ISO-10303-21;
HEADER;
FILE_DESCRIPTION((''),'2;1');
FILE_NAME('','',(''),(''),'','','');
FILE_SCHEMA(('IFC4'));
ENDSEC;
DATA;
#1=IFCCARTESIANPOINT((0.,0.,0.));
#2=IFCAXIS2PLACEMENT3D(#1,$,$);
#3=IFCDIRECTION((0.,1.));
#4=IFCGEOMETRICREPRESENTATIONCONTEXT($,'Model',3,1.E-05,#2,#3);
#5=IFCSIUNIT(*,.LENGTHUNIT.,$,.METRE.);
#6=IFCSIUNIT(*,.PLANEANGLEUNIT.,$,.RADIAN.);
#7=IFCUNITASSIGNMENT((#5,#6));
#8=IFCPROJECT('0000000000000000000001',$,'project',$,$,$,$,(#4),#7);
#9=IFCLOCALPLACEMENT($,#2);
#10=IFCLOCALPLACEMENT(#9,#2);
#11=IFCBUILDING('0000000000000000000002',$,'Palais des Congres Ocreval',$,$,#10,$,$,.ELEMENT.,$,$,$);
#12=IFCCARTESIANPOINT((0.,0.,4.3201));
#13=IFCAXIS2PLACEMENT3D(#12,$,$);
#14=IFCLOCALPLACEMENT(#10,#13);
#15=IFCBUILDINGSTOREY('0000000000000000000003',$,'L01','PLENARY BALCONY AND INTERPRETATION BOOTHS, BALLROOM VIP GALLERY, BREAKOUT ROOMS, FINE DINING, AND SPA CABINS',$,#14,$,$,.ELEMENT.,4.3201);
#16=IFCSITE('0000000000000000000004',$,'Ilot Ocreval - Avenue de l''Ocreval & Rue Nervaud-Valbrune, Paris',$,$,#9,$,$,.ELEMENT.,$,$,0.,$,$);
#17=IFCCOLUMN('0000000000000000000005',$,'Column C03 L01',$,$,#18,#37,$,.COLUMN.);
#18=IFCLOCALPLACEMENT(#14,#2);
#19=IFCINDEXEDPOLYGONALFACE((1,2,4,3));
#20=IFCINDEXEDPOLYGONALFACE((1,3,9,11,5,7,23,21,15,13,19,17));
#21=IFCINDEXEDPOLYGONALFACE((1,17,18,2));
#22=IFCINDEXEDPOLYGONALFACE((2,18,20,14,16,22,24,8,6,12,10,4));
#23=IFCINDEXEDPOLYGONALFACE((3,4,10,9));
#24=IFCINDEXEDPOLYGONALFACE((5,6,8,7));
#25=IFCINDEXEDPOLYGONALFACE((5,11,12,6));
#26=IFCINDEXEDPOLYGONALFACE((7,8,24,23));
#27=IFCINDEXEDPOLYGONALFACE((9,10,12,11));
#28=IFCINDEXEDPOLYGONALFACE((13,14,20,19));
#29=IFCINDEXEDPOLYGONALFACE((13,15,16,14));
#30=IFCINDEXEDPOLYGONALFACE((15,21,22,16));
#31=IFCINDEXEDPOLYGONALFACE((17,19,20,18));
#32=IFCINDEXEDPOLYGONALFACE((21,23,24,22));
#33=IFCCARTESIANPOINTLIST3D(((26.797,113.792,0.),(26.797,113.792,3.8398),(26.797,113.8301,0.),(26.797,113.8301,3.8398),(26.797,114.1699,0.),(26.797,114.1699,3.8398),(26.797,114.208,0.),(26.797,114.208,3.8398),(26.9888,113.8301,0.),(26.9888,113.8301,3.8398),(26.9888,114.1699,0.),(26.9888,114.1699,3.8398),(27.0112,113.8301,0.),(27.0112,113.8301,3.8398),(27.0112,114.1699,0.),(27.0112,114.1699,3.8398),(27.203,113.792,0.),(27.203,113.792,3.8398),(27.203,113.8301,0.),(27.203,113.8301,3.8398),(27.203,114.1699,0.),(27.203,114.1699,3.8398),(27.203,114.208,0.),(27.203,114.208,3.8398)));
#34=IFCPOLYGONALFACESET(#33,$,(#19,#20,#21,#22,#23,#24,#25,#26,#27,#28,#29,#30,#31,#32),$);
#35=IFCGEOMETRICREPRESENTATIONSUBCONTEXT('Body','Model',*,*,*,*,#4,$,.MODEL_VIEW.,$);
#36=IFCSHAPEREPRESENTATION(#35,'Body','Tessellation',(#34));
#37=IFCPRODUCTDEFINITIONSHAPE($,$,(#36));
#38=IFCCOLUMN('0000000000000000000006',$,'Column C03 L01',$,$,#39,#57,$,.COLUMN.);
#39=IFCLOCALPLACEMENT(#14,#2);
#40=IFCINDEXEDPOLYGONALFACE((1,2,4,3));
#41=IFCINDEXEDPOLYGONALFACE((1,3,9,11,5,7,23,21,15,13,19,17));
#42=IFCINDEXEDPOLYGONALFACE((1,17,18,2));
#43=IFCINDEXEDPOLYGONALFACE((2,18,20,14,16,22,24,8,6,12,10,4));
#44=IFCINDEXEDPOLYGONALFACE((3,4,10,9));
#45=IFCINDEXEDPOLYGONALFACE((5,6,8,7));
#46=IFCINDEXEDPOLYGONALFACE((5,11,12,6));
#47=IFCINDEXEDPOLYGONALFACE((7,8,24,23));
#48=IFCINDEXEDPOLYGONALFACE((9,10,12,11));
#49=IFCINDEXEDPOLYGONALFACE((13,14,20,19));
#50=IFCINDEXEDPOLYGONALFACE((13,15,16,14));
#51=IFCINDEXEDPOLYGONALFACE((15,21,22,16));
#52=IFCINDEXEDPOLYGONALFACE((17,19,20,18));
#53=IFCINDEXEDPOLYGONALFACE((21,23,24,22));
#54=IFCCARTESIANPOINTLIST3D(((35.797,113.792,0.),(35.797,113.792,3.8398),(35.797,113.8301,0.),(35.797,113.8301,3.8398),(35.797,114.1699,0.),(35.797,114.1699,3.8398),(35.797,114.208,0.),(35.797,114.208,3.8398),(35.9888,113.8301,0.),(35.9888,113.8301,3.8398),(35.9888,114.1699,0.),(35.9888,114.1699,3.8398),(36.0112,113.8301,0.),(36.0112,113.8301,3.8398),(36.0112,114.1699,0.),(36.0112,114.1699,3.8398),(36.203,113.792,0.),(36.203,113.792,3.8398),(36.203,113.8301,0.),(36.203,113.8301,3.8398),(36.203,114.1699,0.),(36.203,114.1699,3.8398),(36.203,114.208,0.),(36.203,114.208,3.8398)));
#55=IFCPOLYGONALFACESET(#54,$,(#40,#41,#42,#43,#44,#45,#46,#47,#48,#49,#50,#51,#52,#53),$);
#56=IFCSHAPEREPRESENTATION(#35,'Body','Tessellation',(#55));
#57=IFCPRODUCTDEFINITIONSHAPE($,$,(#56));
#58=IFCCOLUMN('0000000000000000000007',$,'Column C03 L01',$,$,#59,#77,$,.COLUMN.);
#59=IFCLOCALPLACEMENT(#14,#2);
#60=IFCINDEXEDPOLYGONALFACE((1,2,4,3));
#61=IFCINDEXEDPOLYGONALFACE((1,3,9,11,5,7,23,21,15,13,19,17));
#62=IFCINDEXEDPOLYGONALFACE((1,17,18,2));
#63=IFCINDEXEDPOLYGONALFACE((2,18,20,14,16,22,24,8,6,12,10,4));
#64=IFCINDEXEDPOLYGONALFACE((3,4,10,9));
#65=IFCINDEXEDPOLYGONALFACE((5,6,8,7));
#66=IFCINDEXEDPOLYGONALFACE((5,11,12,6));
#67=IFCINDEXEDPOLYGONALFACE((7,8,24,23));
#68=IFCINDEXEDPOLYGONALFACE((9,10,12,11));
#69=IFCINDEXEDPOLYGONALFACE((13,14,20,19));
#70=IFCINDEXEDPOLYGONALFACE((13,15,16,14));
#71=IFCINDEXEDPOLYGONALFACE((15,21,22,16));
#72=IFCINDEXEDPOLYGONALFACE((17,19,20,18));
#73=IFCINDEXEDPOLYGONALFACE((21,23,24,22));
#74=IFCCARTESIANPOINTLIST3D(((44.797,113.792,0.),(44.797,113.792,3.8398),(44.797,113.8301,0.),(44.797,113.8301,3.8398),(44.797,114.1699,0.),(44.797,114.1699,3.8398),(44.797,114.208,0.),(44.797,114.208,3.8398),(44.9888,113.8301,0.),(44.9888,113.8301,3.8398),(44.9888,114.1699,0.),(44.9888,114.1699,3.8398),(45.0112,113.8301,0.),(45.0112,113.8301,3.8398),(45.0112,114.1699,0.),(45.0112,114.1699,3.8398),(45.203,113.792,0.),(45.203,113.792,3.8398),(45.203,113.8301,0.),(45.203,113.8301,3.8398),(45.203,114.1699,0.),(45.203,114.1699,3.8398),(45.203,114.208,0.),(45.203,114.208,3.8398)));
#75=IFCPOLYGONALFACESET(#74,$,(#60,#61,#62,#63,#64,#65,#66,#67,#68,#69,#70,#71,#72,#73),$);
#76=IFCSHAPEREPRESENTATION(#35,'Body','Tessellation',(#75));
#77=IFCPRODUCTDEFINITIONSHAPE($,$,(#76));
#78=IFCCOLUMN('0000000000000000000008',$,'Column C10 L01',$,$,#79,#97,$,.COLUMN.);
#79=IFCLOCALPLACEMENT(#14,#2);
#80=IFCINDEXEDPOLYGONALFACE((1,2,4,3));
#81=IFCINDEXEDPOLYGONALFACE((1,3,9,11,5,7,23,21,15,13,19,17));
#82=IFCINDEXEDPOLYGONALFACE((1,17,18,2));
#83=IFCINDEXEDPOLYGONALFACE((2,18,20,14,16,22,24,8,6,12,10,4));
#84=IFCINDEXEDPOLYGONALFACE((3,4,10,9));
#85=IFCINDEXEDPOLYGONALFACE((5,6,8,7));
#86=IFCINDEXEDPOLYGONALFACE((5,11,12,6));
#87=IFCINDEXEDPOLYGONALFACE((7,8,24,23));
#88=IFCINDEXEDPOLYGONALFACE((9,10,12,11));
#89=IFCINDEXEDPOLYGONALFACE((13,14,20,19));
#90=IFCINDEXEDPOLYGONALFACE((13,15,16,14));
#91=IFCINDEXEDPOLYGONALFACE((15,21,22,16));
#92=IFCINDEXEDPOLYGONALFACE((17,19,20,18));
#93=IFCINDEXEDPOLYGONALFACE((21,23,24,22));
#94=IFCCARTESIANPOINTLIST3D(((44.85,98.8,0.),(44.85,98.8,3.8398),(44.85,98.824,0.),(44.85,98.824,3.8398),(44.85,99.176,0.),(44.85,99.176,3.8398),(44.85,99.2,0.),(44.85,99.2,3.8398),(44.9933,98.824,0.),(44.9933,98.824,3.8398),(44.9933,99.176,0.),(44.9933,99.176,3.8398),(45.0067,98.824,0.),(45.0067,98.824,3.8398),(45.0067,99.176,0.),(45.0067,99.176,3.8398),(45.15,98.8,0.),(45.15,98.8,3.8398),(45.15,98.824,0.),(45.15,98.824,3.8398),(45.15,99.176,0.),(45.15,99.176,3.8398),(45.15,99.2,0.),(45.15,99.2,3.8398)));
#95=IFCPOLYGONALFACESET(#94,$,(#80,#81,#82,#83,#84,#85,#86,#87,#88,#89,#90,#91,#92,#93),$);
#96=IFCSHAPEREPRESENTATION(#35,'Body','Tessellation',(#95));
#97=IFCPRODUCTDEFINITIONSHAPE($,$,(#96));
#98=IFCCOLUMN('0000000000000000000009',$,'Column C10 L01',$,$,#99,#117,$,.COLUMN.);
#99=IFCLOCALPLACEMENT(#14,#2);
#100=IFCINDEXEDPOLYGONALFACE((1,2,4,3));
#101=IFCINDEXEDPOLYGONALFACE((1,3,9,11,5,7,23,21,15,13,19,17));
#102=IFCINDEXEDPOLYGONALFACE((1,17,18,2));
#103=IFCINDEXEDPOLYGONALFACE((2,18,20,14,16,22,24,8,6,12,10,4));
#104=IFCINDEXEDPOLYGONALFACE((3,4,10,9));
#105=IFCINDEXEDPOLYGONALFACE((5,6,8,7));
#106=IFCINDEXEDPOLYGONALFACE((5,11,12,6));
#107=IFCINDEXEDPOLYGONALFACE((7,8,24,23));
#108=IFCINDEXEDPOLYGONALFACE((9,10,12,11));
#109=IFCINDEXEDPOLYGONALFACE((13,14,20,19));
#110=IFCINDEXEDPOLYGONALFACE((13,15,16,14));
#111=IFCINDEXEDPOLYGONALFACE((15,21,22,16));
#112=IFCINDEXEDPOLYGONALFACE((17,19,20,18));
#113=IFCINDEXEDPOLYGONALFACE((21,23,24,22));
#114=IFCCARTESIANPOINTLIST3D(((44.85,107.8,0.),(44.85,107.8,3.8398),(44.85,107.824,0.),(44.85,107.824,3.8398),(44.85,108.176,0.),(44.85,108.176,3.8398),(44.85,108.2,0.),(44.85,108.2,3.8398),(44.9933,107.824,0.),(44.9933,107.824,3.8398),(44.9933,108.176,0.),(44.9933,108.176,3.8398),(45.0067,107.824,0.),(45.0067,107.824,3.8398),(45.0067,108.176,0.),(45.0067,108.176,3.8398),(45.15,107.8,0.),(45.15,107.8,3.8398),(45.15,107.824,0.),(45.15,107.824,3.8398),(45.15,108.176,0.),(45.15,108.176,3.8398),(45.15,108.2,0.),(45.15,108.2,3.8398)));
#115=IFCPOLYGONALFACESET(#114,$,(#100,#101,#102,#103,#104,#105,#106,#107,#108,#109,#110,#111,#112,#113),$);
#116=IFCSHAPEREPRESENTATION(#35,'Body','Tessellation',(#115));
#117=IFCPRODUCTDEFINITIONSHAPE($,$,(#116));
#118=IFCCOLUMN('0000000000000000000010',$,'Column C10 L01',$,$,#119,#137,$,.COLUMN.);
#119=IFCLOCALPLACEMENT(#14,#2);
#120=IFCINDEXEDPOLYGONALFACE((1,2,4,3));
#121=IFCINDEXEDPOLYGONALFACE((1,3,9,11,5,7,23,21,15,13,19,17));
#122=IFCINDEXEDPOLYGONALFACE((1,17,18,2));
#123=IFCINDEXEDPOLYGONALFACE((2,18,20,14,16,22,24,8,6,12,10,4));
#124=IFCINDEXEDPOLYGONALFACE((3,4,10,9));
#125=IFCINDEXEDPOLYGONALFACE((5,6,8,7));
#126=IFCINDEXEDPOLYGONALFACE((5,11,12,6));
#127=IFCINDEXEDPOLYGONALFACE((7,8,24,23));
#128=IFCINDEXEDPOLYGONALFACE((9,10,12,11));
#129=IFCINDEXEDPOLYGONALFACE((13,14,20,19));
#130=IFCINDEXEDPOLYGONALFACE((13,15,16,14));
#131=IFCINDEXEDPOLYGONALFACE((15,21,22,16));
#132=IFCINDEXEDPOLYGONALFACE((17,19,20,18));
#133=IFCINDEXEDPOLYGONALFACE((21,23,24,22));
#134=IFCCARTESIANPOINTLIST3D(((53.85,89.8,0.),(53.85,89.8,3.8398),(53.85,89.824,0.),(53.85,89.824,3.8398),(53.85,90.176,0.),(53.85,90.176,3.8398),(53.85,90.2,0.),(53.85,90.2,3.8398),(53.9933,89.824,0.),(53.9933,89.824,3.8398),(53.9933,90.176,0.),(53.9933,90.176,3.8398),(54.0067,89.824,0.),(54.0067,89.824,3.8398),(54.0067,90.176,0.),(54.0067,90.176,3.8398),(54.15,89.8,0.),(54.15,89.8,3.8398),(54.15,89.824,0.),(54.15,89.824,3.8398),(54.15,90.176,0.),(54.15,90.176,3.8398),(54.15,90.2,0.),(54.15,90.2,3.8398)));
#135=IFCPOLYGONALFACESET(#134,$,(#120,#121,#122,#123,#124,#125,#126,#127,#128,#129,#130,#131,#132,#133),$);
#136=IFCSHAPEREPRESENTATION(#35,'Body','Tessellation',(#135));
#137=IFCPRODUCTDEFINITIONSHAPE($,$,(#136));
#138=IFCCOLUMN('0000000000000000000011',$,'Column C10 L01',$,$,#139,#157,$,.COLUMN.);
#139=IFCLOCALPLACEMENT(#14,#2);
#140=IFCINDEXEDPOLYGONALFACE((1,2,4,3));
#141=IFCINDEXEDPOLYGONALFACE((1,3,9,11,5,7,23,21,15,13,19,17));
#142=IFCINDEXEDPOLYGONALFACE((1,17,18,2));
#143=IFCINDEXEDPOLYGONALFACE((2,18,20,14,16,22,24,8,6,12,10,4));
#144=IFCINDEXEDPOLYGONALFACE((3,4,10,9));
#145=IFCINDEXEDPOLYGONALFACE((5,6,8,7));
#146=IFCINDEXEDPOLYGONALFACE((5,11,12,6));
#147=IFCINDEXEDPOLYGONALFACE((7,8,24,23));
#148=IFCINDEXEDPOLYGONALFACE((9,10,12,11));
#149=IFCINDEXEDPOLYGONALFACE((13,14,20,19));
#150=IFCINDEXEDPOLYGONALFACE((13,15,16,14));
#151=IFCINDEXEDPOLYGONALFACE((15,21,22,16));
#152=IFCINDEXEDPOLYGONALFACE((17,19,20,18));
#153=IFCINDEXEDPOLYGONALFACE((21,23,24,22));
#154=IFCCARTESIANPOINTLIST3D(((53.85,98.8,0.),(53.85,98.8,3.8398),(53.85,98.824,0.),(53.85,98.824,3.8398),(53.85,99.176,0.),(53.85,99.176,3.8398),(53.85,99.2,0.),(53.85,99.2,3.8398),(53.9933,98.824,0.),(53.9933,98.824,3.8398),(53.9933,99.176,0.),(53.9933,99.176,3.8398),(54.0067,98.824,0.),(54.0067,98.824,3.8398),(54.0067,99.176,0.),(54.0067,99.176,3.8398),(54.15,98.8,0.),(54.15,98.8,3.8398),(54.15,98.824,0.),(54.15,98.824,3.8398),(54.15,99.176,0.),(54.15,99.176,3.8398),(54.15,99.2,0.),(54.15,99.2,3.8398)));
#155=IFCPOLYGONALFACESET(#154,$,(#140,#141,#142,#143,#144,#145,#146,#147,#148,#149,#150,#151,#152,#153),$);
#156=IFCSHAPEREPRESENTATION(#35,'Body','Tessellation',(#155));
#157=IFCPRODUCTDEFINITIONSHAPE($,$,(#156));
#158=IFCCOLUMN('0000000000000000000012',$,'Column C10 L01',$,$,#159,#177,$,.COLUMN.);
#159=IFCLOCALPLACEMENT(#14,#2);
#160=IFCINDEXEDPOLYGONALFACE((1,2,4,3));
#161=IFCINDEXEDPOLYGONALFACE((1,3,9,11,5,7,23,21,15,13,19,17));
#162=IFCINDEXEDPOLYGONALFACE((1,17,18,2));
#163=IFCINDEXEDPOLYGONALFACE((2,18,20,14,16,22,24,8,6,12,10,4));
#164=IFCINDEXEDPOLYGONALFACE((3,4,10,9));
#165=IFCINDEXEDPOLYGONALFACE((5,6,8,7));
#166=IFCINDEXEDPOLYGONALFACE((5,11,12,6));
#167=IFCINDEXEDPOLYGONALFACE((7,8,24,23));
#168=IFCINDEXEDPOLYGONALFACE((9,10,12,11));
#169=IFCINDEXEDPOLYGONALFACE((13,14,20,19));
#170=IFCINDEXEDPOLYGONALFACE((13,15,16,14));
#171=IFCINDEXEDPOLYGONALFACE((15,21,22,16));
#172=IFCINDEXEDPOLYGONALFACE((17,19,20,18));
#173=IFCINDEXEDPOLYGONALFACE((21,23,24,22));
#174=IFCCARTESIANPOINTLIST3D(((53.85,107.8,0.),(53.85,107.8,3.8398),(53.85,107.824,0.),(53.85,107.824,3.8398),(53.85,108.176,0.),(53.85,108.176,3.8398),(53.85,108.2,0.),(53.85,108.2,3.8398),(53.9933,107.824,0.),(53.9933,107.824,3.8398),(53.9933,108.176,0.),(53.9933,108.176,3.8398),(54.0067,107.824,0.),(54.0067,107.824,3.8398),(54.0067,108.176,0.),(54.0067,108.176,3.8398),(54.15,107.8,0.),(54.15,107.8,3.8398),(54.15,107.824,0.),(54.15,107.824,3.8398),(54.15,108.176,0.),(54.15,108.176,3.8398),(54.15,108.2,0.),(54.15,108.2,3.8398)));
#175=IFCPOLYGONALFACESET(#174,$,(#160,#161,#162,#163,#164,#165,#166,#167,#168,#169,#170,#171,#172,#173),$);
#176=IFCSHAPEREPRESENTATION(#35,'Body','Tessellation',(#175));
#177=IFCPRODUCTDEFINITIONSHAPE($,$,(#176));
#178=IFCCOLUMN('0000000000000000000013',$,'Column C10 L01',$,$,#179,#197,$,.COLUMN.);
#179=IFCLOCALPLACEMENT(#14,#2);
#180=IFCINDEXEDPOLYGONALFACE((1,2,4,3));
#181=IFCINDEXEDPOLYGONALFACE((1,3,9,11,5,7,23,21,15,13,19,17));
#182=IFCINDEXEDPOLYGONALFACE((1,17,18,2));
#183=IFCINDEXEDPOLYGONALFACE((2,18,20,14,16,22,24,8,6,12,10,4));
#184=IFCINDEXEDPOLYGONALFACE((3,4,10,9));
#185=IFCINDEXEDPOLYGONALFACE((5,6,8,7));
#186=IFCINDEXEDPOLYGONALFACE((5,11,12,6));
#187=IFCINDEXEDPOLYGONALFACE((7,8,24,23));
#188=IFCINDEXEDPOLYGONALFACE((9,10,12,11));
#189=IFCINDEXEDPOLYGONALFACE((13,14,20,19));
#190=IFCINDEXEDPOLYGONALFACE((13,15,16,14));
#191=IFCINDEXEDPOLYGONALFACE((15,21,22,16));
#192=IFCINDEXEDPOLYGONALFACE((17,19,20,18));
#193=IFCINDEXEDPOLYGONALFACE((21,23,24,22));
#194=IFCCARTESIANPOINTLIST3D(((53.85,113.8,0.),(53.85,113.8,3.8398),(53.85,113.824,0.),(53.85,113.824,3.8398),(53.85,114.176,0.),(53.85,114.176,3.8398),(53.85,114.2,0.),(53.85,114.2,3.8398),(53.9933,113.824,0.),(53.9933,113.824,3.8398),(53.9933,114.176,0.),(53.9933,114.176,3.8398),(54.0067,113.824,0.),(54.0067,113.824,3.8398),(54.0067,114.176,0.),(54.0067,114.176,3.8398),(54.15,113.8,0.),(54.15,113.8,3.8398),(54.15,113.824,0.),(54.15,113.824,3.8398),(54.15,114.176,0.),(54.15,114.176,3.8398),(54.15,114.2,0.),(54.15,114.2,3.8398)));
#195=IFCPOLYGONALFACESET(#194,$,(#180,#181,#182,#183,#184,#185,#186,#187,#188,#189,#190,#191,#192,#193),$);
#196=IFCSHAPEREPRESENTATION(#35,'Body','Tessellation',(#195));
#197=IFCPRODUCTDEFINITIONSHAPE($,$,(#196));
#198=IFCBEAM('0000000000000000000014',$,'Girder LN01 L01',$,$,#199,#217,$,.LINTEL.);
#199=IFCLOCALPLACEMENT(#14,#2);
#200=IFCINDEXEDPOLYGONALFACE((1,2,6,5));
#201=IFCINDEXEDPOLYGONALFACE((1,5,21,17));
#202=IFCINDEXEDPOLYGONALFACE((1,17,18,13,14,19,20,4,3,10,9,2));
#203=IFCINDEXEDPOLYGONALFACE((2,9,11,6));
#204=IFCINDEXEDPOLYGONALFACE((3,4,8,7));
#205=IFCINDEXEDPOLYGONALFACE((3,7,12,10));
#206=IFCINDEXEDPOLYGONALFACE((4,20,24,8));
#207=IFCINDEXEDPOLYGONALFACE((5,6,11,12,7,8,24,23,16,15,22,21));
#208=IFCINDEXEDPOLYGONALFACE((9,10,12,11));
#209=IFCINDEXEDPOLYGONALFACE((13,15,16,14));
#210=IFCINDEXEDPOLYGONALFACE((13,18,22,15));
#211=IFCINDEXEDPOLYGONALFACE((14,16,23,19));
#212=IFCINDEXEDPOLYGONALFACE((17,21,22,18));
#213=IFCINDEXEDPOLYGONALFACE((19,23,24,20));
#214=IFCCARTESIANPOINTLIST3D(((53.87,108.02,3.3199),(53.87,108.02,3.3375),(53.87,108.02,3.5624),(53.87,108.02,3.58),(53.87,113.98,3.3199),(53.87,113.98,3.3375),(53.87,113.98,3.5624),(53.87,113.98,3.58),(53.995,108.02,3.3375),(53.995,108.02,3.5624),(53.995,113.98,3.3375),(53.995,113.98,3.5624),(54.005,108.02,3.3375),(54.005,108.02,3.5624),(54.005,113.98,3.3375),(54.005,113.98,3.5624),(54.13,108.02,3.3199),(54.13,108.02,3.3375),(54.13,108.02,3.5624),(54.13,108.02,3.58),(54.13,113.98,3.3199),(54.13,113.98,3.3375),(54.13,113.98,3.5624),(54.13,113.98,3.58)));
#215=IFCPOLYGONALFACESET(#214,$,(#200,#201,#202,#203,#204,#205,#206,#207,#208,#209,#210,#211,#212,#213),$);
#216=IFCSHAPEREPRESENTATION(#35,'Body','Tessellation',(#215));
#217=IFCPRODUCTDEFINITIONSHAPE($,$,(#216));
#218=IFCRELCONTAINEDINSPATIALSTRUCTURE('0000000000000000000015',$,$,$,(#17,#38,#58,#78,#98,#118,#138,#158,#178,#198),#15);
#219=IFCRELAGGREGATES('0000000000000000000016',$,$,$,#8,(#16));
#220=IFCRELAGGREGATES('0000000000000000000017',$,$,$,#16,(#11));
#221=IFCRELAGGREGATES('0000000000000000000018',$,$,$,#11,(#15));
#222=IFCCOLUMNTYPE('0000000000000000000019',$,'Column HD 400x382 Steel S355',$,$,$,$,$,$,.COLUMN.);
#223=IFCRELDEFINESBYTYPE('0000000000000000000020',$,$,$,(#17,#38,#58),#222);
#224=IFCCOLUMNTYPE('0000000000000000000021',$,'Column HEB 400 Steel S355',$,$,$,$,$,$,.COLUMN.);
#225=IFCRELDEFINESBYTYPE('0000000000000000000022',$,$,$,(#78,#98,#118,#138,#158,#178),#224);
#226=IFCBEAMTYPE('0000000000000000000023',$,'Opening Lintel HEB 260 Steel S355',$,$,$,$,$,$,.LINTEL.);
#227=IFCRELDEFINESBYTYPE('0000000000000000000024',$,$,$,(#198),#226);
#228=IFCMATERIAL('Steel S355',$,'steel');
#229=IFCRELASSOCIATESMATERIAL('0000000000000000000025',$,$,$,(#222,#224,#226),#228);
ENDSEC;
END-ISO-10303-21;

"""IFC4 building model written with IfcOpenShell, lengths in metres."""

from ifc_helpers import new_model, si_unit, direction, frame, origin, origin_2d, place, context, subcontext, project, spatial, i_section, extrude, material, material_profile, profile_set, type_object, element, save


model = new_model("IFC4")

# Units and contexts
model_context = context("Model", 3, precision=1e-05, world=origin(), true_north=direction((0.0, 1.0)))
body_context = subcontext(model_context, "Body", "Model", "MODEL_VIEW")
ifc_project = project(units=[si_unit("LENGTHUNIT", "METRE"), si_unit("PLANEANGLEUNIT", "RADIAN")], contexts=[model_context])

# Site, building, storey
site_placement = place(None, origin())
site = spatial("IfcSite", under=ifc_project, at=site_placement, Name="Ilot Ocreval - Avenue de l'Ocreval & Rue Nervaud-Valbrune, Paris", CompositionType="ELEMENT", RefElevation=0.0)
building_placement = place(site_placement, origin())
building = spatial("IfcBuilding", under=site, at=building_placement, Name="Palais des Congres Ocreval", CompositionType="ELEMENT")
storey_placement = place(building_placement, frame((0.0, 0.0, 4.3201)))
storey = spatial("IfcBuildingStorey", under=building, at=storey_placement, Name="L01", Description="PLENARY BALCONY AND INTERPRETATION BOOTHS, BALLROOM VIP GALLERY, BREAKOUT ROOMS, FINE DINING, AND SPA CABINS", CompositionType="ELEMENT", Elevation=4.3201)

# Columns
ifc_material_1 = material(Name="Steel S355", Category="steel")
ifc_material_profile_1 = material_profile(ifc_material_1, i_section(OverallWidth=0.406, OverallDepth=0.416, WebThickness=0.0225, FlangeThickness=0.0381, at=origin_2d()), Name="HD 400x382")
ifc_profile_set_1 = profile_set([ifc_material_profile_1], Name="Steel S355")
column_type_1 = type_object("IfcColumnType", Name="Column HD 400x382 Steel S355", PredefinedType="COLUMN", material=ifc_profile_set_1)
for number, where, z_axis, x_axis, name in (
    (1, (27.0, 114.0, 0.0), (0.0, 0.0, 1.0), (1.0, 0.0, 0.0), "Column C03 L01"),
    (2, (36.0, 114.0, 0.0), (0.0, 0.0, 1.0), (1.0, 0.0, 0.0), "Column C03 L01"),
    (3, (45.0, 114.0, 0.0), (0.0, 0.0, 1.0), (1.0, 0.0, 0.0), "Column C03 L01"),
):
    element("IfcColumn", number, at=place(storey_placement, frame(where, z_axis=z_axis, x_axis=x_axis)), inside=storey, type_object=column_type_1, Name=name, PredefinedType="COLUMN", context=body_context, shape_type="SweptSolid", body=[
        extrude(i_section(OverallWidth=0.406, OverallDepth=0.416, WebThickness=0.0225, FlangeThickness=0.0381, at=origin_2d()), origin(), (0.0, 0.0, 1.0), 3.8398),
    ])
ifc_material_profile_2 = material_profile(ifc_material_1, i_section(OverallWidth=0.3, OverallDepth=0.3999, WebThickness=0.0134, FlangeThickness=0.0239, at=origin_2d()), Name="HEB 400")
ifc_profile_set_2 = profile_set([ifc_material_profile_2], Name="Steel S355")
column_type_2 = type_object("IfcColumnType", Name="Column HEB 400 Steel S355", PredefinedType="COLUMN", material=ifc_profile_set_2)
for number, where, z_axis, x_axis, name in (
    (4, (45.0, 99.0, 0.0), (0.0, 0.0, 1.0), (1.0, 0.0, 0.0), "Column C10 L01"),
    (5, (45.0, 108.0, 0.0), (0.0, 0.0, 1.0), (1.0, 0.0, 0.0), "Column C10 L01"),
    (6, (54.0, 90.0, 0.0), (0.0, 0.0, 1.0), (1.0, 0.0, 0.0), "Column C10 L01"),
    (7, (54.0, 99.0, 0.0), (0.0, 0.0, 1.0), (1.0, 0.0, 0.0), "Column C10 L01"),
    (8, (54.0, 108.0, 0.0), (0.0, 0.0, 1.0), (1.0, 0.0, 0.0), "Column C10 L01"),
    (9, (54.0, 114.0, 0.0), (0.0, 0.0, 1.0), (1.0, 0.0, 0.0), "Column C10 L01"),
):
    element("IfcColumn", number, at=place(storey_placement, frame(where, z_axis=z_axis, x_axis=x_axis)), inside=storey, type_object=column_type_2, Name=name, PredefinedType="COLUMN", context=body_context, shape_type="SweptSolid", body=[
        extrude(i_section(OverallWidth=0.3, OverallDepth=0.3999, WebThickness=0.0134, FlangeThickness=0.0239, at=origin_2d()), origin(), (0.0, 0.0, 1.0), 3.8398),
    ])

# Beam
ifc_material_profile_3 = material_profile(ifc_material_1, i_section(OverallWidth=0.26, OverallDepth=0.26, WebThickness=0.01, FlangeThickness=0.0176, at=origin_2d()), Name="HEB 260")
ifc_profile_set_3 = profile_set([ifc_material_profile_3], Name="Steel S355")
beam_type_1 = type_object("IfcBeamType", Name="Opening Lintel HEB 260 Steel S355", PredefinedType="LINTEL", material=ifc_profile_set_3)
beam_1_placement = place(storey_placement, frame((54.0, 108.02, 3.45), z_axis=(0.0, 1.0, 0.0), x_axis=(-1.0, 0.0, 0.0)))
element("IfcBeam", 10, at=beam_1_placement, inside=storey, type_object=beam_type_1, Name="Girder LN01 L01", PredefinedType="LINTEL", context=body_context, shape_type="SweptSolid", body=[
    extrude(i_section(OverallWidth=0.26, OverallDepth=0.26, WebThickness=0.01, FlangeThickness=0.0176, at=origin_2d()), origin(), (0.0, 0.0, 1.0), 5.96),
])

save(model, "model.ifc")
